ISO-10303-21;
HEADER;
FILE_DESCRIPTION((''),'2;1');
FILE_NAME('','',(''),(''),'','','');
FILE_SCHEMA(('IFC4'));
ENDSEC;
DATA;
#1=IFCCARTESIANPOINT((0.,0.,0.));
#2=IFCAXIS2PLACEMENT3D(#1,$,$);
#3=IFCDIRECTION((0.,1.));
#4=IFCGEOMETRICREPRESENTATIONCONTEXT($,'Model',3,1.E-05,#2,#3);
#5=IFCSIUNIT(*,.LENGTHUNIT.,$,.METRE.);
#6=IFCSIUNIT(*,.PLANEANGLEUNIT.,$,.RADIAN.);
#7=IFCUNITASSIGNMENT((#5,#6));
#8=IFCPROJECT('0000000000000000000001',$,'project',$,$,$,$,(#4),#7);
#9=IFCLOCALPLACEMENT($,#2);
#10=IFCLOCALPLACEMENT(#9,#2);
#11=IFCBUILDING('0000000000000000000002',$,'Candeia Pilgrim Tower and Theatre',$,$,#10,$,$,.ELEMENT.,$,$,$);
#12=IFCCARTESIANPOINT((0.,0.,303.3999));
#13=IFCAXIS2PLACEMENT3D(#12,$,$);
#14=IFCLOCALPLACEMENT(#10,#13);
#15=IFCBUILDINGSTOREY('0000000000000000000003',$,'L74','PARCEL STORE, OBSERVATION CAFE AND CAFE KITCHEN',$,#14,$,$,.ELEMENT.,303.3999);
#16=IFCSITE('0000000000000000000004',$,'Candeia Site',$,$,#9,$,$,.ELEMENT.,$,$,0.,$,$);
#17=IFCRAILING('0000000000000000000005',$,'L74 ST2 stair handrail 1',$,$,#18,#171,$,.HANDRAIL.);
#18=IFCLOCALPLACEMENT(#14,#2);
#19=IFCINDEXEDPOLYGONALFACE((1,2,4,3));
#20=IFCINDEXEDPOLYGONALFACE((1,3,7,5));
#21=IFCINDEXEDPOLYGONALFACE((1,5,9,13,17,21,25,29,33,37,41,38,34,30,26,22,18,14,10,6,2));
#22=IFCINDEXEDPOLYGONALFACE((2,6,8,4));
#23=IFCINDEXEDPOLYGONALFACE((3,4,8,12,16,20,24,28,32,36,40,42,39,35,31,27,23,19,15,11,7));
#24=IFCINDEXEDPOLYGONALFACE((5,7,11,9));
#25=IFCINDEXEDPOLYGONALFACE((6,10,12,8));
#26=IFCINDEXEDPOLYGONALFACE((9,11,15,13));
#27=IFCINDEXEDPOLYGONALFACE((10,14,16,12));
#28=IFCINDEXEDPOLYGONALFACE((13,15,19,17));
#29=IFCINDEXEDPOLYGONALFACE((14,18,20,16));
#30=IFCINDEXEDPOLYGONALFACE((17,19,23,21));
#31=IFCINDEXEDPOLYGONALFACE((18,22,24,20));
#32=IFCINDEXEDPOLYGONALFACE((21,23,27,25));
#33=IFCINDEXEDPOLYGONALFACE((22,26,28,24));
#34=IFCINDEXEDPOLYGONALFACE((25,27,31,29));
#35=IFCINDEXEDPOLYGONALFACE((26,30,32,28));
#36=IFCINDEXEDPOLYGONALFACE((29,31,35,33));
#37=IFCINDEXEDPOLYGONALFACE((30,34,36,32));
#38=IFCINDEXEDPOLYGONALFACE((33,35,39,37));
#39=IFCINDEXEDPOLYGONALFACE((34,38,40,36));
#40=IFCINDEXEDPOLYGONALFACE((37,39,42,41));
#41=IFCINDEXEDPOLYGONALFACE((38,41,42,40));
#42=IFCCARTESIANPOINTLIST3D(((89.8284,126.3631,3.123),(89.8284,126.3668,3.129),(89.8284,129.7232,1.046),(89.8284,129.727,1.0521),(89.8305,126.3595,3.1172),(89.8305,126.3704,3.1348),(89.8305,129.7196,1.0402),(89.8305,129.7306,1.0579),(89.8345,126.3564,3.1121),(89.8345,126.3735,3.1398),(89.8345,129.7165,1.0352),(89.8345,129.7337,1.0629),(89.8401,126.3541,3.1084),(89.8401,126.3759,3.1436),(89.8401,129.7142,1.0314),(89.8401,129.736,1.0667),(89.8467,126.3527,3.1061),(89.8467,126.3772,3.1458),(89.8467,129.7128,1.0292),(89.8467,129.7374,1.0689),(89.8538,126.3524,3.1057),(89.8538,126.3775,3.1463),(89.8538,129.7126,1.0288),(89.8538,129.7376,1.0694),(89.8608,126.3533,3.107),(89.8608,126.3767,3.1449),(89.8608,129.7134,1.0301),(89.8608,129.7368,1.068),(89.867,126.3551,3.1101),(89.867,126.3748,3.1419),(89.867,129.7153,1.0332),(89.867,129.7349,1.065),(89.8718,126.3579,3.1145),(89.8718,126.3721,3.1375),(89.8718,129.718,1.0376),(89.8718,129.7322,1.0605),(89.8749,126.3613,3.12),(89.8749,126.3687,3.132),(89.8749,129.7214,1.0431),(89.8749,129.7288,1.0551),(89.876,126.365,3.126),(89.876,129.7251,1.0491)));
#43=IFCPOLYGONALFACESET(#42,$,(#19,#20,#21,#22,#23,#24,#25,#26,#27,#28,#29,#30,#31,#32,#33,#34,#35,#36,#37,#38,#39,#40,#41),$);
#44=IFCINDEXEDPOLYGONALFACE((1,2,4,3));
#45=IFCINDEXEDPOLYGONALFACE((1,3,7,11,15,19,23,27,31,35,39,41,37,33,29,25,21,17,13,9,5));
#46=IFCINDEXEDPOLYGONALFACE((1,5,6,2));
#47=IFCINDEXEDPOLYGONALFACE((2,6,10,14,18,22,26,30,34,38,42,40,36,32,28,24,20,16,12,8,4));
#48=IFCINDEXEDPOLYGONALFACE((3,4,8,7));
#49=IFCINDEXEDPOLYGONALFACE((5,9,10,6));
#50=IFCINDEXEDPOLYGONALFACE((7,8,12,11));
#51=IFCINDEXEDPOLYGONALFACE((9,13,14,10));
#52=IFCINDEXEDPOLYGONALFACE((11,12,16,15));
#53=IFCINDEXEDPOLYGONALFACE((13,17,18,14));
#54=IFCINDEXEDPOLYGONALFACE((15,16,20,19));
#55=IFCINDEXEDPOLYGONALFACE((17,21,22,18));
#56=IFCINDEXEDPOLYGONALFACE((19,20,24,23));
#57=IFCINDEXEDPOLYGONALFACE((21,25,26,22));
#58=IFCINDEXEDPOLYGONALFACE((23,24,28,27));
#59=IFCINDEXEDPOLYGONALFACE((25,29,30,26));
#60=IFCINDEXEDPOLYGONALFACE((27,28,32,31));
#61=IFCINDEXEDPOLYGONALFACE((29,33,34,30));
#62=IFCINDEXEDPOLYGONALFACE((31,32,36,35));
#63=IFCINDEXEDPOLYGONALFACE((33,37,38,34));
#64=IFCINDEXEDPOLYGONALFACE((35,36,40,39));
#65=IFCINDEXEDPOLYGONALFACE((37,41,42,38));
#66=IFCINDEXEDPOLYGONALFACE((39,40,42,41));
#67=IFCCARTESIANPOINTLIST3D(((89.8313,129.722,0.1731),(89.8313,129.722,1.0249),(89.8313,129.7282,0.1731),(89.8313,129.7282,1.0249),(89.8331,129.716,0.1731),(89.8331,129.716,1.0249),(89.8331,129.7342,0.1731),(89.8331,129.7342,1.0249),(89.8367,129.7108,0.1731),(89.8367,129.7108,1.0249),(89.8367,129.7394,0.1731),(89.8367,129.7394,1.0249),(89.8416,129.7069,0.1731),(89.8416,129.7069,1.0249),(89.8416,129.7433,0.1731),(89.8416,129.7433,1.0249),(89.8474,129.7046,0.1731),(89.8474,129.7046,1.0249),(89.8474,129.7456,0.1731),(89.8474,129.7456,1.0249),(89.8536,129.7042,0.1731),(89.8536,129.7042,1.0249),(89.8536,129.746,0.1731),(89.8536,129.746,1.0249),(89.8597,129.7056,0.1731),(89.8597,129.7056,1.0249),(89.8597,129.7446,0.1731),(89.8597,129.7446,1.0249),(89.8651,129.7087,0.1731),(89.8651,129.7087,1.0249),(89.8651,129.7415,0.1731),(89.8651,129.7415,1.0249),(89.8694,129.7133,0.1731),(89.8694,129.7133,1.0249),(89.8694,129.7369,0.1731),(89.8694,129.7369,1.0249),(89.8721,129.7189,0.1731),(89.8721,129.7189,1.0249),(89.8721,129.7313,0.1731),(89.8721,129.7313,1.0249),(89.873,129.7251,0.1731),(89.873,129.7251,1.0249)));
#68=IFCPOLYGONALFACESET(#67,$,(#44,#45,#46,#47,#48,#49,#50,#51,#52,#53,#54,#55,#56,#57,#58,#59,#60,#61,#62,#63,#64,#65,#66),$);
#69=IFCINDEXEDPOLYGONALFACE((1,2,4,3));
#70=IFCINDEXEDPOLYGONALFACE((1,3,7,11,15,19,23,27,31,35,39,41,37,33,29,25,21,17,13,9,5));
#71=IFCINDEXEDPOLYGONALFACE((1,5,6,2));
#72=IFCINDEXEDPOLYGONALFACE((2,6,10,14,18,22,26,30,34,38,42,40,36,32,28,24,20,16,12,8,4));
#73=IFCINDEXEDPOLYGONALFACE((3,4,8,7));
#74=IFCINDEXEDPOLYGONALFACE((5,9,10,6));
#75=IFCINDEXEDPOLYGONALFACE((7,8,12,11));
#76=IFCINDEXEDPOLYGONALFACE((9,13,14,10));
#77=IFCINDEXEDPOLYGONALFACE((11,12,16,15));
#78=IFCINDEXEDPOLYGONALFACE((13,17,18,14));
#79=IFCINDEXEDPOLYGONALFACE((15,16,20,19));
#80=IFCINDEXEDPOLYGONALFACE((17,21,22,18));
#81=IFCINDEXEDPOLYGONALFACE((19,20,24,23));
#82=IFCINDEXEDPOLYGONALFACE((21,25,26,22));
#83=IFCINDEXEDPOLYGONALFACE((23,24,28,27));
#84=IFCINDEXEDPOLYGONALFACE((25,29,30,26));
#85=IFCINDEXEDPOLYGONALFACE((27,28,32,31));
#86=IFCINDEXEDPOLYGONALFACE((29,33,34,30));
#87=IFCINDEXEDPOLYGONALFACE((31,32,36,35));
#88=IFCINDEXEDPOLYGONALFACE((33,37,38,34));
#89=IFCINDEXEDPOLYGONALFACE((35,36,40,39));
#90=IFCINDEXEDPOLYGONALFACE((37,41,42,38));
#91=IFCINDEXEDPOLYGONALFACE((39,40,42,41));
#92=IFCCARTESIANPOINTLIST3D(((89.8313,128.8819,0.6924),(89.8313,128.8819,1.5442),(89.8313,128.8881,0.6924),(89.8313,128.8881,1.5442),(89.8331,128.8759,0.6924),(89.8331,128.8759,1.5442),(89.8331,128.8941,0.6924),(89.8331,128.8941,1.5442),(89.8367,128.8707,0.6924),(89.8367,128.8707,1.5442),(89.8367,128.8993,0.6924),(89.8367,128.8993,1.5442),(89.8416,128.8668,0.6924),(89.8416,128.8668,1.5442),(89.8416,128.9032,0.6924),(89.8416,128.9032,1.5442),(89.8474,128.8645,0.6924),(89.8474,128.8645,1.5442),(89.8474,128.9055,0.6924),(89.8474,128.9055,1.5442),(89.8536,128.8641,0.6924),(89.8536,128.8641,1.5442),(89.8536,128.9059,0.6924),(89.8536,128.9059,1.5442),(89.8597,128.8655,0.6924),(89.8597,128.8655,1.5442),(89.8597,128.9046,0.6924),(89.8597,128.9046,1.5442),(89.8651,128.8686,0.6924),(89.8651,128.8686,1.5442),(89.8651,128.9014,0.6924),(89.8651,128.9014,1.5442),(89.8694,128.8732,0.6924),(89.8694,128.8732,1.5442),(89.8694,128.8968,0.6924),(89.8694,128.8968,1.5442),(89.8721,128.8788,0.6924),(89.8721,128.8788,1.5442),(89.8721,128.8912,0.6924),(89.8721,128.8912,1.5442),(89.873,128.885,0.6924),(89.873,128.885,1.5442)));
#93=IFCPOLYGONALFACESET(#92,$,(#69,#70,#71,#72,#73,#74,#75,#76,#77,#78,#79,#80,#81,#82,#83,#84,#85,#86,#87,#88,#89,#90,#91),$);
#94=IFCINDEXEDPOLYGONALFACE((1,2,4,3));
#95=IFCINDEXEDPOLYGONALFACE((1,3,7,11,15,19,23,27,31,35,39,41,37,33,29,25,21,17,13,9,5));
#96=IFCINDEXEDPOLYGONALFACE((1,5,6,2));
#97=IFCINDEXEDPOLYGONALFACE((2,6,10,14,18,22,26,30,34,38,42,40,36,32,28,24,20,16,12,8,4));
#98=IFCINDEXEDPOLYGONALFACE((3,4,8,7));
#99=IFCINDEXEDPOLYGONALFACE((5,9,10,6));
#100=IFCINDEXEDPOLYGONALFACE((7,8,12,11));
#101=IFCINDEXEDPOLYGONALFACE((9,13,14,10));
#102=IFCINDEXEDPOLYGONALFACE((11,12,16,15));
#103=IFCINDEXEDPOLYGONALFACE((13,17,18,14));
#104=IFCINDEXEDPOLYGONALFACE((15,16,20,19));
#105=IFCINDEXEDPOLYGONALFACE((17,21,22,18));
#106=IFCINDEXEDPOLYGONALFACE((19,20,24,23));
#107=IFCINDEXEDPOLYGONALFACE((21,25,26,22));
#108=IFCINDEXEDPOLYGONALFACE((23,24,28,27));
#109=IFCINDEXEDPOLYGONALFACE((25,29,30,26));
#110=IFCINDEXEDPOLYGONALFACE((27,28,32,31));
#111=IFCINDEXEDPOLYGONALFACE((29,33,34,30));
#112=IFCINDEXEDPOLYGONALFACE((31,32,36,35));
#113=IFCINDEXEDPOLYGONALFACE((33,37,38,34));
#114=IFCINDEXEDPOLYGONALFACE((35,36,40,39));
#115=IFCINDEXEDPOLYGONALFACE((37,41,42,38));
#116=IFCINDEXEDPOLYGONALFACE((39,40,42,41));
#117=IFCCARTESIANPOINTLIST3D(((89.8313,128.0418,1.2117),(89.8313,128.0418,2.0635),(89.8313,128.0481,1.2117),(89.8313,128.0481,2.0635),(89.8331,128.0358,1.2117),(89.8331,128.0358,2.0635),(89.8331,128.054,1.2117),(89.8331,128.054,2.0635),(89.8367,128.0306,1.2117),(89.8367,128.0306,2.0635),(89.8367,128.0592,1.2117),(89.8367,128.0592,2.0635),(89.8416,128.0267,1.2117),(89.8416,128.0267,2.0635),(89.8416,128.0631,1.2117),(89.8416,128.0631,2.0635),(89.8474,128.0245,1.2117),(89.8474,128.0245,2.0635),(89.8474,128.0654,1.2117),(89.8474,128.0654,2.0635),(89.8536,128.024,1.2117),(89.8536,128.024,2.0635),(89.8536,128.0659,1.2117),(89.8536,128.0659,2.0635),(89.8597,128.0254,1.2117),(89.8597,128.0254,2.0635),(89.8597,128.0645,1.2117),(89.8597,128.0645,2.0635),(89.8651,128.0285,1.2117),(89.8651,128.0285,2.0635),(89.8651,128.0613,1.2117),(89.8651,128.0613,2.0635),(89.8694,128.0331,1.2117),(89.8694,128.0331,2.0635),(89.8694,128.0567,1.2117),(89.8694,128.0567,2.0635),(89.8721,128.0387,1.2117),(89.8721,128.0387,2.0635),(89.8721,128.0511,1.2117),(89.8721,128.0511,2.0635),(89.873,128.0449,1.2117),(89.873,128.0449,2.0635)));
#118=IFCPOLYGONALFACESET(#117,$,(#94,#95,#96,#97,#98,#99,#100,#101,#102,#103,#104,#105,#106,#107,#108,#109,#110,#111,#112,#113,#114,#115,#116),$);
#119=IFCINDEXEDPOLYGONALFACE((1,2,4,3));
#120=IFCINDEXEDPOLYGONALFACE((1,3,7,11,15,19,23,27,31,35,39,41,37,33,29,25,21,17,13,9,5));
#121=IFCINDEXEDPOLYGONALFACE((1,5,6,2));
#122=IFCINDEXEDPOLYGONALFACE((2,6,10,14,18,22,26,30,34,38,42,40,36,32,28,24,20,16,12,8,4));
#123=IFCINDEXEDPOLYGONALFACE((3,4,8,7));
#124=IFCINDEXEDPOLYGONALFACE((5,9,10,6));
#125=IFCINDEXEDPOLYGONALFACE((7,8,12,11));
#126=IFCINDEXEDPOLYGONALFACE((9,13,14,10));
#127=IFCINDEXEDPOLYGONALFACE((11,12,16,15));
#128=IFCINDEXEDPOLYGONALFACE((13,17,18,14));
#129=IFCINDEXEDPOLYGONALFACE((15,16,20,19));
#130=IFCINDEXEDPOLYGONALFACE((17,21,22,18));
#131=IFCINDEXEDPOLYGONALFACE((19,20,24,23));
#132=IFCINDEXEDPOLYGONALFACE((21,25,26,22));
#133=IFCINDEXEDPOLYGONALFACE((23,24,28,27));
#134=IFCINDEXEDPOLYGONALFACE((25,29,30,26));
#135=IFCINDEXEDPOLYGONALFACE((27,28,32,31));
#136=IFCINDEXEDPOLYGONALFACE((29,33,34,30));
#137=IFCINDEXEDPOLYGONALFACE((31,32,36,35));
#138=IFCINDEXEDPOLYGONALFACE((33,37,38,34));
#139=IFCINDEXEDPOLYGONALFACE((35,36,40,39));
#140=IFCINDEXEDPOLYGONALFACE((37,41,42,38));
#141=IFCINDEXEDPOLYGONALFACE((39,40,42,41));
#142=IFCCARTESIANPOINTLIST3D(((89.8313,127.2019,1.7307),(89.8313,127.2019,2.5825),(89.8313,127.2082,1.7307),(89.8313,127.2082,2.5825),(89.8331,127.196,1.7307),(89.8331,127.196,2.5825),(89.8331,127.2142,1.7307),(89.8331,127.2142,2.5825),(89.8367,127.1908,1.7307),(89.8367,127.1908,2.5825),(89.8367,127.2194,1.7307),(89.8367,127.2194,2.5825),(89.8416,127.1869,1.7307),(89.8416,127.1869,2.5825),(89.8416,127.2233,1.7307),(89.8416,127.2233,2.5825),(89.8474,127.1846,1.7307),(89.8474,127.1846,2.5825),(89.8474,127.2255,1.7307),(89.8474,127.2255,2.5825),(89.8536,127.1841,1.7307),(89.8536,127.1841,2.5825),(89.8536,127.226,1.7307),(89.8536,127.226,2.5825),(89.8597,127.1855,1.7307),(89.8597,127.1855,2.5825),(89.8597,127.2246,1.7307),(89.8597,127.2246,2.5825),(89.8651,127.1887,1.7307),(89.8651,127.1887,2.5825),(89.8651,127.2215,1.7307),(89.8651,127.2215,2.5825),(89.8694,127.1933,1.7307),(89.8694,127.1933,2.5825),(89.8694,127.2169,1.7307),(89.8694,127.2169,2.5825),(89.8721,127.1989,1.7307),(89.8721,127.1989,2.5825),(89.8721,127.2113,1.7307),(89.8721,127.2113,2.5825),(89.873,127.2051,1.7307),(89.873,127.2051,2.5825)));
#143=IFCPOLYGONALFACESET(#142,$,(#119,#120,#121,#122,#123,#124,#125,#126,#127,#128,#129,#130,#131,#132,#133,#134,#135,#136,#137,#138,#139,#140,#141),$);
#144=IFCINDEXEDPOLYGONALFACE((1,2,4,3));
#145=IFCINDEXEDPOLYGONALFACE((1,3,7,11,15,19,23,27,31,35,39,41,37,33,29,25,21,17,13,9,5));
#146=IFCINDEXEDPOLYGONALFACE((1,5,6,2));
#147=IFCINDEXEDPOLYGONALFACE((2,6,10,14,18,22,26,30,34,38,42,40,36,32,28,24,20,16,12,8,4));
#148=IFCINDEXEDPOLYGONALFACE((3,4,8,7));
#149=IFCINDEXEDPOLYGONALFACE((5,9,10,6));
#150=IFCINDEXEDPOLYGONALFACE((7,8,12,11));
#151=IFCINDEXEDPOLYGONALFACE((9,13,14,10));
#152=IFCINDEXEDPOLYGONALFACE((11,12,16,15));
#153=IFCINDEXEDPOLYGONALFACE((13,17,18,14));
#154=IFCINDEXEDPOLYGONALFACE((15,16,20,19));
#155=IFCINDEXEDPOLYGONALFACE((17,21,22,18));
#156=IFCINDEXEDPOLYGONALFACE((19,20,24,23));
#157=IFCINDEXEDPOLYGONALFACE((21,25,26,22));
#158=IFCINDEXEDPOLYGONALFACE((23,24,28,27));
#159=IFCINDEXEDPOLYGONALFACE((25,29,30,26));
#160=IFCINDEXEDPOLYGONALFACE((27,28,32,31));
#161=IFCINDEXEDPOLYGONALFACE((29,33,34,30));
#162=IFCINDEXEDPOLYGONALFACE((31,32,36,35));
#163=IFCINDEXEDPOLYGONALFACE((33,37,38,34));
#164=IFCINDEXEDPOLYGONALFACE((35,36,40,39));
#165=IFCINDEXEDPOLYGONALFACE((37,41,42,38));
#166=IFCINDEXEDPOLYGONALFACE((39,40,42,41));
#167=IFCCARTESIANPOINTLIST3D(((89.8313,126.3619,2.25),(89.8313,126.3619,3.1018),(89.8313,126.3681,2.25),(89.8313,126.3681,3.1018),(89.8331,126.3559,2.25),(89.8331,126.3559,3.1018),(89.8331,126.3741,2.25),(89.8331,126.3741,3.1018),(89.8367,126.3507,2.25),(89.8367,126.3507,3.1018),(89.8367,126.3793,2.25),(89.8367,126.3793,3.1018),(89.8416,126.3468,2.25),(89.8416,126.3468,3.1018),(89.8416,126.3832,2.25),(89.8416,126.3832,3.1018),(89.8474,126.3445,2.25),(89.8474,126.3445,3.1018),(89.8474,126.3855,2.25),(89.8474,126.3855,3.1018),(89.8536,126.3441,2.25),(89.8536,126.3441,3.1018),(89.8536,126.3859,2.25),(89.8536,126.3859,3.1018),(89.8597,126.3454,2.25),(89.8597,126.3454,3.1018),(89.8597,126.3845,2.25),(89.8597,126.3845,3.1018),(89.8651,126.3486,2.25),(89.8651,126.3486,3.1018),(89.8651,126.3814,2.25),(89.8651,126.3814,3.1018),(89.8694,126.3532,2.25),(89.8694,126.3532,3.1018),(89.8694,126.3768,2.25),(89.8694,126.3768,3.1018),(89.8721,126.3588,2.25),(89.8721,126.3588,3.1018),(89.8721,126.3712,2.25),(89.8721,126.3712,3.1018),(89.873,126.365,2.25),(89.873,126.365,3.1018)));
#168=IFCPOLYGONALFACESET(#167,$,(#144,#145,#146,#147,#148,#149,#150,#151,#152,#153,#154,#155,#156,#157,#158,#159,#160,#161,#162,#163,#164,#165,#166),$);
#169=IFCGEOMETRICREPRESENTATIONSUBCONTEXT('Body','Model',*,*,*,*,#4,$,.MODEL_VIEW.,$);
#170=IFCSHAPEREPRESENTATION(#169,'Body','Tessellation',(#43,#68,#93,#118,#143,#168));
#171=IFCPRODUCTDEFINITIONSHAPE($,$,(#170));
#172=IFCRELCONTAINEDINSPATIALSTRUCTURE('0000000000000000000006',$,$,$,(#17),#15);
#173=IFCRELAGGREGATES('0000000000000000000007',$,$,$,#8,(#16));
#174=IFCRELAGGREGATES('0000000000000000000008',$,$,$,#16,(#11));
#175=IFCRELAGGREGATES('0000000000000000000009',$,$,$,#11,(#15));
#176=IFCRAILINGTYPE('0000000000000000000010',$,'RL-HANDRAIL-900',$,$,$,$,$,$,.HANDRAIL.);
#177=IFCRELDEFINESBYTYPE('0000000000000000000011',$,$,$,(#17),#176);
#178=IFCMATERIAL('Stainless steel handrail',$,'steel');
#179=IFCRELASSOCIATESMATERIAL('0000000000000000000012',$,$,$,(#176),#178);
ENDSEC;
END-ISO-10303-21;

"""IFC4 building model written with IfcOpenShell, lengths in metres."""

from ifc_helpers import new_model, si_unit, direction, frame, origin, origin_2d, place, context, subcontext, project, spatial, circle, extrude, material, type_object, element, save


model = new_model("IFC4")

# Units and contexts
model_context = context("Model", 3, precision=1e-05, world=origin(), true_north=direction((0.0, 1.0)))
body_context = subcontext(model_context, "Body", "Model", "MODEL_VIEW")
ifc_project = project(units=[si_unit("LENGTHUNIT", "METRE"), si_unit("PLANEANGLEUNIT", "RADIAN")], contexts=[model_context])

# Site, building, storey
site_placement = place(None, origin())
site = spatial("IfcSite", under=ifc_project, at=site_placement, Name="Candeia Site", CompositionType="ELEMENT", RefElevation=0.0)
building_placement = place(site_placement, origin())
building = spatial("IfcBuilding", under=site, at=building_placement, Name="Candeia Pilgrim Tower and Theatre", CompositionType="ELEMENT")
storey_placement = place(building_placement, frame((0.0, 0.0, 303.3999)))
storey = spatial("IfcBuildingStorey", under=building, at=storey_placement, Name="L74", Description="PARCEL STORE, OBSERVATION CAFE AND CAFE KITCHEN", CompositionType="ELEMENT", Elevation=303.3999)

# Railing
ifc_material_1 = material(Name="Stainless steel handrail", Category="steel")
railing_type_1 = type_object("IfcRailingType", Name="RL-HANDRAIL-900", PredefinedType="HANDRAIL", material=ifc_material_1)
railing_1_placement = place(storey_placement, frame((89.8521, 129.7251, 0.1731)))
element("IfcRailing", 1, at=railing_1_placement, inside=storey, type_object=railing_type_1, Name="L74 ST2 stair handrail 1", PredefinedType="HANDRAIL", context=body_context, shape_type="SweptSolid", body=[
    extrude(circle(Radius=0.0239, at=origin_2d()), frame((0.0, 0.0, 0.876), z_axis=(0.0, -0.850623, 0.525776), x_axis=(1.0, 0.0, 0.0)), (0.0, 0.0, 1.0), 3.9502),
    extrude(circle(Radius=0.021, at=origin_2d()), origin(), (0.0, 0.0, 1.0), 0.8518),
    extrude(circle(Radius=0.021, at=origin_2d()), frame((0.0, -0.8401, 0.5193)), (0.0, 0.0, 1.0), 0.8518),
    extrude(circle(Radius=0.021, at=origin_2d()), frame((0.0, -1.6802, 1.0386)), (0.0, 0.0, 1.0), 0.8518),
    extrude(circle(Radius=0.021, at=origin_2d()), frame((0.0, -2.52, 1.5576)), (0.0, 0.0, 1.0), 0.8518),
    extrude(circle(Radius=0.021, at=origin_2d()), frame((0.0, -3.3601, 2.0769)), (0.0, 0.0, 1.0), 0.8518),
])

save(model, "model.ifc")
